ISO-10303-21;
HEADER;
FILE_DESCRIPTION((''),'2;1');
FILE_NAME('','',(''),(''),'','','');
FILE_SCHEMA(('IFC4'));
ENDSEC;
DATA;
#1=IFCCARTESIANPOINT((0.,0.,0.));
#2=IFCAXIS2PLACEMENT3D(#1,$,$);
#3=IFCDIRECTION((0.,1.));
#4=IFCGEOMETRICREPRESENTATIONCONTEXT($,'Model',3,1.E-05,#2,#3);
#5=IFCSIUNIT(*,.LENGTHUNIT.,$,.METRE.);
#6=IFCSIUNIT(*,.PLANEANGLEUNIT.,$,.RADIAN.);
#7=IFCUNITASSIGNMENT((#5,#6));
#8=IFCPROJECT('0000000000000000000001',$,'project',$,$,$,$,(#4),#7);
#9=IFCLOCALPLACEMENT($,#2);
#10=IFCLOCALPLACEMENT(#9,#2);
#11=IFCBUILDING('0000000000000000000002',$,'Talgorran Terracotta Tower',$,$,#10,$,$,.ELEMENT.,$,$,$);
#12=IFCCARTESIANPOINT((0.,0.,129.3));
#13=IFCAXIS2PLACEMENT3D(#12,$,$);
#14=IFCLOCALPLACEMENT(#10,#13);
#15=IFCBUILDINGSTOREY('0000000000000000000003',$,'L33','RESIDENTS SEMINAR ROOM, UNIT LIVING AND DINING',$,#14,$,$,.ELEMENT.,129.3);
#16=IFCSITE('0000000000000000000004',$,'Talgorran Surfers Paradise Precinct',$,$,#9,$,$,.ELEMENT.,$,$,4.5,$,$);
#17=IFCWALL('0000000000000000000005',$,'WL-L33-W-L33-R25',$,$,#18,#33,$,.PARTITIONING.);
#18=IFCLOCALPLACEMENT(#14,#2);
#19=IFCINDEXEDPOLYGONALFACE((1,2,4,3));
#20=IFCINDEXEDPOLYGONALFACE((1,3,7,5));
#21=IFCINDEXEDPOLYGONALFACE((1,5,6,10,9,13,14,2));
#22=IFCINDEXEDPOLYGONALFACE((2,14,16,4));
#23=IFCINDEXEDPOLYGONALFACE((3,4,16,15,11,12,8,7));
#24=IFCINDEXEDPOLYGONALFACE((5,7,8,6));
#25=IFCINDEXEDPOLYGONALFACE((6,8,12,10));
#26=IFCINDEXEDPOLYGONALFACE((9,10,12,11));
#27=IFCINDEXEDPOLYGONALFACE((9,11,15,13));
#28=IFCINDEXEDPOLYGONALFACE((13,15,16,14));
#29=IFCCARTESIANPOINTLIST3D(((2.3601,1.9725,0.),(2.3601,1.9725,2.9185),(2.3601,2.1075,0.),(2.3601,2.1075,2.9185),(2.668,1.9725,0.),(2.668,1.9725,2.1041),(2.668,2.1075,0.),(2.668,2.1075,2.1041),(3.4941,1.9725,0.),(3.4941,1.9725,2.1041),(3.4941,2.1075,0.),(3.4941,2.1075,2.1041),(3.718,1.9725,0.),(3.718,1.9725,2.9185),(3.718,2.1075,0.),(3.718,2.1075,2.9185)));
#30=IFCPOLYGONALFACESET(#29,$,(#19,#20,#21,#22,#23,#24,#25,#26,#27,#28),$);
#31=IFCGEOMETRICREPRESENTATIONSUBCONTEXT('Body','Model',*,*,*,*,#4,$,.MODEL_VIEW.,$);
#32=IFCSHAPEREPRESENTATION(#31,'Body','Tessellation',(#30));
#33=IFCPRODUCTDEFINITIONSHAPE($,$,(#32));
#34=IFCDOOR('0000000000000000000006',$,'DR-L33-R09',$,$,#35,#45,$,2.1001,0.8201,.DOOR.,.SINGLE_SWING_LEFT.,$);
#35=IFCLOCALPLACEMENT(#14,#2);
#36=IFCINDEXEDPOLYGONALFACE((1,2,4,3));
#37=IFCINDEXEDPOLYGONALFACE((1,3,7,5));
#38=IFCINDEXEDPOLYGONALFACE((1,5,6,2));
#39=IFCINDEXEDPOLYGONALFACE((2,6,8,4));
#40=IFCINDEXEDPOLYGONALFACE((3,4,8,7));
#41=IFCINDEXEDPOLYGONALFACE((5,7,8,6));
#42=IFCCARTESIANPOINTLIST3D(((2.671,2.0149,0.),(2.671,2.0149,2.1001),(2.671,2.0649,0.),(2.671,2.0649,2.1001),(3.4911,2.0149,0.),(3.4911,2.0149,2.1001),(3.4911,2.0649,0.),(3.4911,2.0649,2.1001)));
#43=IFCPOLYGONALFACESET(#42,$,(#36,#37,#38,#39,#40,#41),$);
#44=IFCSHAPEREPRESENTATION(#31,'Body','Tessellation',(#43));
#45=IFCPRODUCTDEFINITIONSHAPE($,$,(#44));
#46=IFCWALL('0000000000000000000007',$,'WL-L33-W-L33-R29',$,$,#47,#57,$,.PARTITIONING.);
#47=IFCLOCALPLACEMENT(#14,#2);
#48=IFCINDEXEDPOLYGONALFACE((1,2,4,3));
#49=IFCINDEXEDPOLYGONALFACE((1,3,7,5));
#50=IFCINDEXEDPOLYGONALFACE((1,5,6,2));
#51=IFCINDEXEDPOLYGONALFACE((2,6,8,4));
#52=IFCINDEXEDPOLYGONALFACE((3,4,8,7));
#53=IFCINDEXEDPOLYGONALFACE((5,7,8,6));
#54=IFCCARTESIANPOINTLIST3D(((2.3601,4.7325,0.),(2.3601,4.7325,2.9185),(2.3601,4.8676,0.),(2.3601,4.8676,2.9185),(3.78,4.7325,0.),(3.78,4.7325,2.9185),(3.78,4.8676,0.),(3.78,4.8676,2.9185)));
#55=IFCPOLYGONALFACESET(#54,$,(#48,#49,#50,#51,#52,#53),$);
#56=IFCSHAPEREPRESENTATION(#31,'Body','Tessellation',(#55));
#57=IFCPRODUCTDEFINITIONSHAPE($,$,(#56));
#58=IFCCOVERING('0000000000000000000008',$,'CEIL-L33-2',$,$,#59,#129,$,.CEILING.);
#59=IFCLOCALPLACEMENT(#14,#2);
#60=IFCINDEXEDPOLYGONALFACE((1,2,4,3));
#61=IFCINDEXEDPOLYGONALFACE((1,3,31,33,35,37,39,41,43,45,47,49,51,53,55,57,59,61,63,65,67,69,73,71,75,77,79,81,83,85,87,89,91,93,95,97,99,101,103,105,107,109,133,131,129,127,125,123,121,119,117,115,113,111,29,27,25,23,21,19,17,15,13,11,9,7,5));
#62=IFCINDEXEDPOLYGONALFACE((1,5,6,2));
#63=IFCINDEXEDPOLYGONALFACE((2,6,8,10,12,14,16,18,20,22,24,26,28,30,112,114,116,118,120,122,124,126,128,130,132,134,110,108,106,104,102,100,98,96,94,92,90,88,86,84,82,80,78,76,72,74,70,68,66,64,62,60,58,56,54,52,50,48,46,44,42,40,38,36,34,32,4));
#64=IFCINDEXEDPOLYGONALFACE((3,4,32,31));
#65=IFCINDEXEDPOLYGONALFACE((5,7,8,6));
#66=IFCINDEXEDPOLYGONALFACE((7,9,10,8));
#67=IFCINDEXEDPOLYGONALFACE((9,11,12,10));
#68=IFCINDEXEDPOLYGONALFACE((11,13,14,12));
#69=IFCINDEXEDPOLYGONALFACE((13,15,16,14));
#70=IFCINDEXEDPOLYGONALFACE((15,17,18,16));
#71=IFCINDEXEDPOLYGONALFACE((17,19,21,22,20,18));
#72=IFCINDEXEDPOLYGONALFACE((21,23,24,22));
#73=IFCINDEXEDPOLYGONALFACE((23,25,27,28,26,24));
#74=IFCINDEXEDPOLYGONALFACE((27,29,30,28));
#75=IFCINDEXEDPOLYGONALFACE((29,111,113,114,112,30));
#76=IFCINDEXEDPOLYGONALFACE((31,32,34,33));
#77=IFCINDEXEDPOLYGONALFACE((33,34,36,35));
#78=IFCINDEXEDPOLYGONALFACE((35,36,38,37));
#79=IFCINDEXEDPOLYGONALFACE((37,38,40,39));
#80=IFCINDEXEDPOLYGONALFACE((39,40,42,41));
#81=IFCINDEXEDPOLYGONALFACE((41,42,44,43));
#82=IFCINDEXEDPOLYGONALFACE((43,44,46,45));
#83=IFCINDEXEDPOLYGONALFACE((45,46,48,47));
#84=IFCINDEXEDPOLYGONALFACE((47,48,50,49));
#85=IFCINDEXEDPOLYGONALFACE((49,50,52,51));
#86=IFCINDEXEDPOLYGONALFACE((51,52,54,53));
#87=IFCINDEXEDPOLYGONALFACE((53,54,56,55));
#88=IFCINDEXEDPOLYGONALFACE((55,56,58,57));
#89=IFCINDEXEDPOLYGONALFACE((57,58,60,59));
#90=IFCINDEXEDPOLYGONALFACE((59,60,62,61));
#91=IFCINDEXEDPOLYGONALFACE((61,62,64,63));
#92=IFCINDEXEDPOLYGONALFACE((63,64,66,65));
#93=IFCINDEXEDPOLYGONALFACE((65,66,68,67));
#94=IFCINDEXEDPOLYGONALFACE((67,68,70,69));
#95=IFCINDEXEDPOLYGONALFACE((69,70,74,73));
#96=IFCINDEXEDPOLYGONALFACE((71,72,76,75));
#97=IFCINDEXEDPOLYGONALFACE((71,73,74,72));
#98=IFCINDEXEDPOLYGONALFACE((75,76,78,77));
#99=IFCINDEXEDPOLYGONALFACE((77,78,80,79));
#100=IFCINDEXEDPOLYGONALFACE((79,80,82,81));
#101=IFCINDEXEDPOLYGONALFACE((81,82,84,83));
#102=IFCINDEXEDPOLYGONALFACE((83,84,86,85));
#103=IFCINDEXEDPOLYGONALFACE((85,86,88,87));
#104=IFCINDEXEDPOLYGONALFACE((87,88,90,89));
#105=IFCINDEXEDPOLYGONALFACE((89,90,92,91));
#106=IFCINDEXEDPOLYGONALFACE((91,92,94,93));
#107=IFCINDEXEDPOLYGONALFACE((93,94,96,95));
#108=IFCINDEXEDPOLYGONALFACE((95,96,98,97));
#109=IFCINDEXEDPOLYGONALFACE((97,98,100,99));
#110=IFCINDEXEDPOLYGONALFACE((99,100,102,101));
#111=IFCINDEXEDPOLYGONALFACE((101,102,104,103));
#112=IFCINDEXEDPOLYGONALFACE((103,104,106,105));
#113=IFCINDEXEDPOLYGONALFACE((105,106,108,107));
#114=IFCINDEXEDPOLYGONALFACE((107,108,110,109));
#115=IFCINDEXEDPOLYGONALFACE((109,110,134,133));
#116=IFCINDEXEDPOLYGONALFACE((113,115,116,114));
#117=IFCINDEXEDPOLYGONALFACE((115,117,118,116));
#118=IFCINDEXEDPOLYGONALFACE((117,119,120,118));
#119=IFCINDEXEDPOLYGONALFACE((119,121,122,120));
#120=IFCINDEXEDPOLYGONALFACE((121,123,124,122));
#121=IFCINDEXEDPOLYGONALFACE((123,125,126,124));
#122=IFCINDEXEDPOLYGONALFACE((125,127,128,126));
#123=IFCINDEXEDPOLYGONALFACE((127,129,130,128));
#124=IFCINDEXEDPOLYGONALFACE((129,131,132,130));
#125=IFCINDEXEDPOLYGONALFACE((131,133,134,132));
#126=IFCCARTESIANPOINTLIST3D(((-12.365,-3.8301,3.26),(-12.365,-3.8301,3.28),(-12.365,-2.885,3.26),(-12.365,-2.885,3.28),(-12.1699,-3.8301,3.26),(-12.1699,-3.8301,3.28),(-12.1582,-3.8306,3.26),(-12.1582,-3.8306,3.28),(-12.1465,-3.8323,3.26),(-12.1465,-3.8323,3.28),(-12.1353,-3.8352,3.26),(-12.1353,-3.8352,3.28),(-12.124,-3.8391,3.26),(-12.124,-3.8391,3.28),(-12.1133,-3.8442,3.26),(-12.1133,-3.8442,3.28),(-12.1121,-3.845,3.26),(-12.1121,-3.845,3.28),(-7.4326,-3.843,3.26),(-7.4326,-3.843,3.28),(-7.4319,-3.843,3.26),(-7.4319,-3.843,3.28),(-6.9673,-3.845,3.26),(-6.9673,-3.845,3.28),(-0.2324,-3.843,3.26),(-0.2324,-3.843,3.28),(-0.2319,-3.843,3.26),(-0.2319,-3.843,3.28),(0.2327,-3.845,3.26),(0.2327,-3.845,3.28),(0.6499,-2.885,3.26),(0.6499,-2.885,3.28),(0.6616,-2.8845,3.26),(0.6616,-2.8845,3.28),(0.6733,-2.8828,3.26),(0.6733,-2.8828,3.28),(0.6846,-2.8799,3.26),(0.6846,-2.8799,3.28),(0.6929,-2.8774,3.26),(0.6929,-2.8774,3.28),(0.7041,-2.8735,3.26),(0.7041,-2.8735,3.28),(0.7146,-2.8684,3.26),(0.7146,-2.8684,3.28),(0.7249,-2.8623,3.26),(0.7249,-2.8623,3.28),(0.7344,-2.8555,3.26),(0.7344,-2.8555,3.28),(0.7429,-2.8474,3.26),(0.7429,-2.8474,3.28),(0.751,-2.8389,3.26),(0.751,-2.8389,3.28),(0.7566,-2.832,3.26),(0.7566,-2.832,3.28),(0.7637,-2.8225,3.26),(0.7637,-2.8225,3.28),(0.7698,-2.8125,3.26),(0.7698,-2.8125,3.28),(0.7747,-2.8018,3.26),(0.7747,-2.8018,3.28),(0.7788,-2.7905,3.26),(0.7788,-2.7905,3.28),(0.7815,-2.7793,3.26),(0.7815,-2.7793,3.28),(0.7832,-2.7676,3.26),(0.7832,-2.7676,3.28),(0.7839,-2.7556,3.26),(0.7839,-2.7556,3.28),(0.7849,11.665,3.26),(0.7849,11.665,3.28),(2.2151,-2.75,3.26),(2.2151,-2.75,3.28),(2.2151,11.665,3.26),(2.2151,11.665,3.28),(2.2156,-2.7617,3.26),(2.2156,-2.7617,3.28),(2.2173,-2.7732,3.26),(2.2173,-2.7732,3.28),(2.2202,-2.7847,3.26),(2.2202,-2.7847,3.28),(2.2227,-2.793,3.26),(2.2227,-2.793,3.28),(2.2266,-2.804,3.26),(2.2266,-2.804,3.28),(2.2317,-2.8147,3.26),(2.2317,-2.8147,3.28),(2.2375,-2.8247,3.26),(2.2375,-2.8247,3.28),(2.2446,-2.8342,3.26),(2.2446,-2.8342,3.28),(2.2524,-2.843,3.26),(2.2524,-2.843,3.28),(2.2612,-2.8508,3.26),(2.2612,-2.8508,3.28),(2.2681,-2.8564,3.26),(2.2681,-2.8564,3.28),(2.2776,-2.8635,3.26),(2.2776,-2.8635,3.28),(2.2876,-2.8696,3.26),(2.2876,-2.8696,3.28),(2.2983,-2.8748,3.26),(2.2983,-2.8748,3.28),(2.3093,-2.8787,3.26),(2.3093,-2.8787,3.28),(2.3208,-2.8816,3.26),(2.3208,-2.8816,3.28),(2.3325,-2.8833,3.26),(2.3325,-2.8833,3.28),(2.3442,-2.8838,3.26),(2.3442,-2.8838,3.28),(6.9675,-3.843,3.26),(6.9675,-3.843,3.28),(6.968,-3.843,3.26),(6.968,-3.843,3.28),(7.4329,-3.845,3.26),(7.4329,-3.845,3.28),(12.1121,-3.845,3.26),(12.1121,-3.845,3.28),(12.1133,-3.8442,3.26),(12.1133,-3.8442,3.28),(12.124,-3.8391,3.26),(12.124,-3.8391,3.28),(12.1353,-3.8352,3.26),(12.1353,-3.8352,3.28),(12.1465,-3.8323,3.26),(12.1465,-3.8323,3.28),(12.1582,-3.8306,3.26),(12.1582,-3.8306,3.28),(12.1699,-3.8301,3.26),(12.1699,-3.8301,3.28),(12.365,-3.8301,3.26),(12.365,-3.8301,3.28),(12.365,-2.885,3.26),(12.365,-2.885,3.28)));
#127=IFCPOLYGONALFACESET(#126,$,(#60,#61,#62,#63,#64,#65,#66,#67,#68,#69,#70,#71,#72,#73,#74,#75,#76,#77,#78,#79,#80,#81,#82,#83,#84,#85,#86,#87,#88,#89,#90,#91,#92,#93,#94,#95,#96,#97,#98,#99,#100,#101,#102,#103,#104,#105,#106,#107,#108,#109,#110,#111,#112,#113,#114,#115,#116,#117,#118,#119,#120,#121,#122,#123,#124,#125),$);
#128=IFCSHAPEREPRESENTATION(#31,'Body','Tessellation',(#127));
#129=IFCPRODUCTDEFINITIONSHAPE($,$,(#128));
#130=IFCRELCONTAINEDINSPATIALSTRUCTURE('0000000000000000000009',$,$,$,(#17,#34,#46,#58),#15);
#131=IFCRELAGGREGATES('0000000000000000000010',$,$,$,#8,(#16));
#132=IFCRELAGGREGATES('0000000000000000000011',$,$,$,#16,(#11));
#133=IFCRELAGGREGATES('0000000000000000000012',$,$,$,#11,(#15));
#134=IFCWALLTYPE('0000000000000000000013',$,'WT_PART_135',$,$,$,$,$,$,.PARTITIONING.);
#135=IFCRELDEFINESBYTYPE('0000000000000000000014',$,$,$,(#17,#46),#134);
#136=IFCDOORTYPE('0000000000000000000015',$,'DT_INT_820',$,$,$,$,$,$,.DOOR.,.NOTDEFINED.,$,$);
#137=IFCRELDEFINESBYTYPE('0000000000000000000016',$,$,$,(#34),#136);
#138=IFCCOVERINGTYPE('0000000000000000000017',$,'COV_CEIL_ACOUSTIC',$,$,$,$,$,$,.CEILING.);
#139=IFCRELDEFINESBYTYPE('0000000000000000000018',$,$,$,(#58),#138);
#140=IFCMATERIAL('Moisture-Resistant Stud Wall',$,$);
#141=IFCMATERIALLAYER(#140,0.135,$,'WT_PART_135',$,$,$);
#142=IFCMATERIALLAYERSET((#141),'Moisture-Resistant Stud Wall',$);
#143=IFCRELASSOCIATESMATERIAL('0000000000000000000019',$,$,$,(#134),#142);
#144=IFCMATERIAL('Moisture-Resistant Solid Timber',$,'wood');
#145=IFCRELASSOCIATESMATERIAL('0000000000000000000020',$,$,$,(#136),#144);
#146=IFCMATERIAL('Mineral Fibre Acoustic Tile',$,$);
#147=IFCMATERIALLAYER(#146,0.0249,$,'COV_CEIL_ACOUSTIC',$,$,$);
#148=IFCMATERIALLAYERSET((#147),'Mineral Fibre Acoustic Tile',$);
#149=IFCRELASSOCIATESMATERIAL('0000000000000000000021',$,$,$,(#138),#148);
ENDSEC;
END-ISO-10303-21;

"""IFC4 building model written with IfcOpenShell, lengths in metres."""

from ifc_helpers import new_model, si_unit, direction, frame, frame_2d, origin, place, context, subcontext, project, spatial, polyline, rectangle, outline, extrude, material, layer, layer_set, type_object, element, fill, save


model = new_model("IFC4")

# Units and contexts
model_context = context("Model", 3, precision=1e-05, world=origin(), true_north=direction((0.0, 1.0)))
body_context = subcontext(model_context, "Body", "Model", "MODEL_VIEW")
ifc_project = project(units=[si_unit("LENGTHUNIT", "METRE"), si_unit("PLANEANGLEUNIT", "RADIAN")], contexts=[model_context])

# Site, building, storey
site_placement = place(None, origin())
site = spatial("IfcSite", under=ifc_project, at=site_placement, Name="Talgorran Surfers Paradise Precinct", CompositionType="ELEMENT", RefElevation=4.5)
building_placement = place(site_placement, origin())
building = spatial("IfcBuilding", under=site, at=building_placement, Name="Talgorran Terracotta Tower", CompositionType="ELEMENT")
storey_placement = place(building_placement, frame((0.0, 0.0, 129.3)))
storey = spatial("IfcBuildingStorey", under=building, at=storey_placement, Name="L33", Description="RESIDENTS SEMINAR ROOM, UNIT LIVING AND DINING", CompositionType="ELEMENT", Elevation=129.3)

# Shared definitions
ifc_material_1 = material(Name="Moisture-Resistant Stud Wall")
ifc_layer_1 = layer(ifc_material_1, 0.135, Name="WT_PART_135")
ifc_layer_set_1 = layer_set([ifc_layer_1], Name="Moisture-Resistant Stud Wall")
wall_type_1 = type_object("IfcWallType", Name="WT_PART_135", PredefinedType="PARTITIONING", material=ifc_layer_set_1)

# Wall, opening, door
wall_1_placement = place(storey_placement, frame((2.3601, 2.04, 0.0), z_axis=(0.0, 0.0, 1.0), x_axis=(1.0, 0.0, 0.0)))
wall_1 = element("IfcWall", 1, at=wall_1_placement, inside=storey, type_object=wall_type_1, Name="WL-L33-W-L33-R25", PredefinedType="PARTITIONING", context=body_context, shape_type="SweptSolid", body=[
    extrude(rectangle(XDim=1.3579, YDim=0.135, at=frame_2d((0.679, 0.0))), origin(), (0.0, 0.0, 1.0), 2.9185),
])
opening_1_placement = place(wall_1_placement, frame((0.3108, 0.0, 0.0)))
opening_1 = element("IfcOpeningElement", 2, at=opening_1_placement, cuts=wall_1, PredefinedType="OPENING", context=body_context, shape_type="SweptSolid", body=[
    extrude(rectangle(XDim=0.8261, YDim=2.1041, at=frame_2d((0.4102, 1.052))), frame((0.0, 0.0776, 0.0), z_axis=(0.0, -1.0, 0.0), x_axis=(1.0, 0.0, 0.0)), (0.0, 0.0, 1.0), 0.155),
])
ifc_material_2 = material(Name="Moisture-Resistant Solid Timber", Category="wood")
door_type_1 = type_object("IfcDoorType", Name="DT_INT_820", OperationType="NOTDEFINED", PredefinedType="DOOR", material=ifc_material_2)
door_1_placement = place(opening_1_placement, origin())
door_1 = element("IfcDoor", 3, at=door_1_placement, inside=storey, type_object=door_type_1, Name="DR-L33-R09", OperationType="SINGLE_SWING_LEFT", OverallHeight=2.1001, OverallWidth=0.8201, PredefinedType="DOOR", context=body_context, shape_type="SweptSolid", body=[
    extrude(rectangle(XDim=0.8201, YDim=2.1001, at=frame_2d((0.4102, 1.05))), frame((0.0, 0.0249, 0.0), z_axis=(0.0, -1.0, 0.0), x_axis=(1.0, 0.0, 0.0)), (0.0, 0.0, 1.0), 0.05),
])
fill(opening_1, door_1)

# Wall
wall_2_placement = place(storey_placement, frame((2.3601, 4.8, 0.0), z_axis=(0.0, 0.0, 1.0), x_axis=(1.0, 0.0, 0.0)))
element("IfcWall", 4, at=wall_2_placement, inside=storey, type_object=wall_type_1, Name="WL-L33-W-L33-R29", PredefinedType="PARTITIONING", context=body_context, shape_type="SweptSolid", body=[
    extrude(rectangle(XDim=1.4199, YDim=0.135, at=frame_2d((0.71, 0.0))), origin(), (0.0, 0.0, 1.0), 2.9185),
])

# Covering
ifc_material_3 = material(Name="Mineral Fibre Acoustic Tile")
ifc_layer_2 = layer(ifc_material_3, 0.0249, Name="COV_CEIL_ACOUSTIC")
ifc_layer_set_2 = layer_set([ifc_layer_2], Name="Mineral Fibre Acoustic Tile")
covering_type_1 = type_object("IfcCoveringType", Name="COV_CEIL_ACOUSTIC", PredefinedType="CEILING", material=ifc_layer_set_2)
covering_1_placement = place(storey_placement, frame((0.0, 0.0, 3.26)))
element("IfcCovering", 5, at=covering_1_placement, inside=storey, type_object=covering_type_1, Name="CEIL-L33-2", PredefinedType="CEILING", context=body_context, shape_type="SweptSolid", body=[
    extrude(outline(polyline([(-12.365, -2.885), (0.6499, -2.885), (0.6616, -2.8845), (0.6733, -2.8828), (0.6846, -2.8799), (0.6929, -2.8774), (0.7041, -2.8735), (0.7146, -2.8684), (0.7249, -2.8623), (0.7344, -2.8555), (0.7429, -2.8474), (0.751, -2.8389), (0.7566, -2.832), (0.7637, -2.8225), (0.7698, -2.8125), (0.7747, -2.8018), (0.7788, -2.7905), (0.7815, -2.7793), (0.7832, -2.7676), (0.7839, -2.7556), (0.7849, 11.665), (2.2151, 11.665), (2.2151, -2.75), (2.2156, -2.7617), (2.2173, -2.7732), (2.2202, -2.7847), (2.2227, -2.793), (2.2266, -2.804), (2.2317, -2.8147), (2.2375, -2.8247), (2.2446, -2.8342), (2.2524, -2.843), (2.2612, -2.8508), (2.2681, -2.8564), (2.2776, -2.8635), (2.2876, -2.8696), (2.2983, -2.8748), (2.3093, -2.8787), (2.3208, -2.8816), (2.3325, -2.8833), (2.3442, -2.8838), (12.365, -2.885), (12.365, -3.8301), (12.1699, -3.8301), (12.1582, -3.8306), (12.1465, -3.8323), (12.1353, -3.8352), (12.124, -3.8391), (12.1133, -3.8442), (12.1121, -3.845), (7.4329, -3.845), (6.968, -3.843), (6.9675, -3.843), (0.2327, -3.845), (-0.2319, -3.843), (-0.2324, -3.843), (-6.9673, -3.845), (-7.4319, -3.843), (-7.4326, -3.843), (-12.1121, -3.845), (-12.1133, -3.8442), (-12.124, -3.8391), (-12.1353, -3.8352), (-12.1465, -3.8323), (-12.1582, -3.8306), (-12.1699, -3.8301), (-12.365, -3.8301), (-12.365, -2.885)])), origin(), (0.0, 0.0, 1.0), 0.02),
])

save(model, "model.ifc")
